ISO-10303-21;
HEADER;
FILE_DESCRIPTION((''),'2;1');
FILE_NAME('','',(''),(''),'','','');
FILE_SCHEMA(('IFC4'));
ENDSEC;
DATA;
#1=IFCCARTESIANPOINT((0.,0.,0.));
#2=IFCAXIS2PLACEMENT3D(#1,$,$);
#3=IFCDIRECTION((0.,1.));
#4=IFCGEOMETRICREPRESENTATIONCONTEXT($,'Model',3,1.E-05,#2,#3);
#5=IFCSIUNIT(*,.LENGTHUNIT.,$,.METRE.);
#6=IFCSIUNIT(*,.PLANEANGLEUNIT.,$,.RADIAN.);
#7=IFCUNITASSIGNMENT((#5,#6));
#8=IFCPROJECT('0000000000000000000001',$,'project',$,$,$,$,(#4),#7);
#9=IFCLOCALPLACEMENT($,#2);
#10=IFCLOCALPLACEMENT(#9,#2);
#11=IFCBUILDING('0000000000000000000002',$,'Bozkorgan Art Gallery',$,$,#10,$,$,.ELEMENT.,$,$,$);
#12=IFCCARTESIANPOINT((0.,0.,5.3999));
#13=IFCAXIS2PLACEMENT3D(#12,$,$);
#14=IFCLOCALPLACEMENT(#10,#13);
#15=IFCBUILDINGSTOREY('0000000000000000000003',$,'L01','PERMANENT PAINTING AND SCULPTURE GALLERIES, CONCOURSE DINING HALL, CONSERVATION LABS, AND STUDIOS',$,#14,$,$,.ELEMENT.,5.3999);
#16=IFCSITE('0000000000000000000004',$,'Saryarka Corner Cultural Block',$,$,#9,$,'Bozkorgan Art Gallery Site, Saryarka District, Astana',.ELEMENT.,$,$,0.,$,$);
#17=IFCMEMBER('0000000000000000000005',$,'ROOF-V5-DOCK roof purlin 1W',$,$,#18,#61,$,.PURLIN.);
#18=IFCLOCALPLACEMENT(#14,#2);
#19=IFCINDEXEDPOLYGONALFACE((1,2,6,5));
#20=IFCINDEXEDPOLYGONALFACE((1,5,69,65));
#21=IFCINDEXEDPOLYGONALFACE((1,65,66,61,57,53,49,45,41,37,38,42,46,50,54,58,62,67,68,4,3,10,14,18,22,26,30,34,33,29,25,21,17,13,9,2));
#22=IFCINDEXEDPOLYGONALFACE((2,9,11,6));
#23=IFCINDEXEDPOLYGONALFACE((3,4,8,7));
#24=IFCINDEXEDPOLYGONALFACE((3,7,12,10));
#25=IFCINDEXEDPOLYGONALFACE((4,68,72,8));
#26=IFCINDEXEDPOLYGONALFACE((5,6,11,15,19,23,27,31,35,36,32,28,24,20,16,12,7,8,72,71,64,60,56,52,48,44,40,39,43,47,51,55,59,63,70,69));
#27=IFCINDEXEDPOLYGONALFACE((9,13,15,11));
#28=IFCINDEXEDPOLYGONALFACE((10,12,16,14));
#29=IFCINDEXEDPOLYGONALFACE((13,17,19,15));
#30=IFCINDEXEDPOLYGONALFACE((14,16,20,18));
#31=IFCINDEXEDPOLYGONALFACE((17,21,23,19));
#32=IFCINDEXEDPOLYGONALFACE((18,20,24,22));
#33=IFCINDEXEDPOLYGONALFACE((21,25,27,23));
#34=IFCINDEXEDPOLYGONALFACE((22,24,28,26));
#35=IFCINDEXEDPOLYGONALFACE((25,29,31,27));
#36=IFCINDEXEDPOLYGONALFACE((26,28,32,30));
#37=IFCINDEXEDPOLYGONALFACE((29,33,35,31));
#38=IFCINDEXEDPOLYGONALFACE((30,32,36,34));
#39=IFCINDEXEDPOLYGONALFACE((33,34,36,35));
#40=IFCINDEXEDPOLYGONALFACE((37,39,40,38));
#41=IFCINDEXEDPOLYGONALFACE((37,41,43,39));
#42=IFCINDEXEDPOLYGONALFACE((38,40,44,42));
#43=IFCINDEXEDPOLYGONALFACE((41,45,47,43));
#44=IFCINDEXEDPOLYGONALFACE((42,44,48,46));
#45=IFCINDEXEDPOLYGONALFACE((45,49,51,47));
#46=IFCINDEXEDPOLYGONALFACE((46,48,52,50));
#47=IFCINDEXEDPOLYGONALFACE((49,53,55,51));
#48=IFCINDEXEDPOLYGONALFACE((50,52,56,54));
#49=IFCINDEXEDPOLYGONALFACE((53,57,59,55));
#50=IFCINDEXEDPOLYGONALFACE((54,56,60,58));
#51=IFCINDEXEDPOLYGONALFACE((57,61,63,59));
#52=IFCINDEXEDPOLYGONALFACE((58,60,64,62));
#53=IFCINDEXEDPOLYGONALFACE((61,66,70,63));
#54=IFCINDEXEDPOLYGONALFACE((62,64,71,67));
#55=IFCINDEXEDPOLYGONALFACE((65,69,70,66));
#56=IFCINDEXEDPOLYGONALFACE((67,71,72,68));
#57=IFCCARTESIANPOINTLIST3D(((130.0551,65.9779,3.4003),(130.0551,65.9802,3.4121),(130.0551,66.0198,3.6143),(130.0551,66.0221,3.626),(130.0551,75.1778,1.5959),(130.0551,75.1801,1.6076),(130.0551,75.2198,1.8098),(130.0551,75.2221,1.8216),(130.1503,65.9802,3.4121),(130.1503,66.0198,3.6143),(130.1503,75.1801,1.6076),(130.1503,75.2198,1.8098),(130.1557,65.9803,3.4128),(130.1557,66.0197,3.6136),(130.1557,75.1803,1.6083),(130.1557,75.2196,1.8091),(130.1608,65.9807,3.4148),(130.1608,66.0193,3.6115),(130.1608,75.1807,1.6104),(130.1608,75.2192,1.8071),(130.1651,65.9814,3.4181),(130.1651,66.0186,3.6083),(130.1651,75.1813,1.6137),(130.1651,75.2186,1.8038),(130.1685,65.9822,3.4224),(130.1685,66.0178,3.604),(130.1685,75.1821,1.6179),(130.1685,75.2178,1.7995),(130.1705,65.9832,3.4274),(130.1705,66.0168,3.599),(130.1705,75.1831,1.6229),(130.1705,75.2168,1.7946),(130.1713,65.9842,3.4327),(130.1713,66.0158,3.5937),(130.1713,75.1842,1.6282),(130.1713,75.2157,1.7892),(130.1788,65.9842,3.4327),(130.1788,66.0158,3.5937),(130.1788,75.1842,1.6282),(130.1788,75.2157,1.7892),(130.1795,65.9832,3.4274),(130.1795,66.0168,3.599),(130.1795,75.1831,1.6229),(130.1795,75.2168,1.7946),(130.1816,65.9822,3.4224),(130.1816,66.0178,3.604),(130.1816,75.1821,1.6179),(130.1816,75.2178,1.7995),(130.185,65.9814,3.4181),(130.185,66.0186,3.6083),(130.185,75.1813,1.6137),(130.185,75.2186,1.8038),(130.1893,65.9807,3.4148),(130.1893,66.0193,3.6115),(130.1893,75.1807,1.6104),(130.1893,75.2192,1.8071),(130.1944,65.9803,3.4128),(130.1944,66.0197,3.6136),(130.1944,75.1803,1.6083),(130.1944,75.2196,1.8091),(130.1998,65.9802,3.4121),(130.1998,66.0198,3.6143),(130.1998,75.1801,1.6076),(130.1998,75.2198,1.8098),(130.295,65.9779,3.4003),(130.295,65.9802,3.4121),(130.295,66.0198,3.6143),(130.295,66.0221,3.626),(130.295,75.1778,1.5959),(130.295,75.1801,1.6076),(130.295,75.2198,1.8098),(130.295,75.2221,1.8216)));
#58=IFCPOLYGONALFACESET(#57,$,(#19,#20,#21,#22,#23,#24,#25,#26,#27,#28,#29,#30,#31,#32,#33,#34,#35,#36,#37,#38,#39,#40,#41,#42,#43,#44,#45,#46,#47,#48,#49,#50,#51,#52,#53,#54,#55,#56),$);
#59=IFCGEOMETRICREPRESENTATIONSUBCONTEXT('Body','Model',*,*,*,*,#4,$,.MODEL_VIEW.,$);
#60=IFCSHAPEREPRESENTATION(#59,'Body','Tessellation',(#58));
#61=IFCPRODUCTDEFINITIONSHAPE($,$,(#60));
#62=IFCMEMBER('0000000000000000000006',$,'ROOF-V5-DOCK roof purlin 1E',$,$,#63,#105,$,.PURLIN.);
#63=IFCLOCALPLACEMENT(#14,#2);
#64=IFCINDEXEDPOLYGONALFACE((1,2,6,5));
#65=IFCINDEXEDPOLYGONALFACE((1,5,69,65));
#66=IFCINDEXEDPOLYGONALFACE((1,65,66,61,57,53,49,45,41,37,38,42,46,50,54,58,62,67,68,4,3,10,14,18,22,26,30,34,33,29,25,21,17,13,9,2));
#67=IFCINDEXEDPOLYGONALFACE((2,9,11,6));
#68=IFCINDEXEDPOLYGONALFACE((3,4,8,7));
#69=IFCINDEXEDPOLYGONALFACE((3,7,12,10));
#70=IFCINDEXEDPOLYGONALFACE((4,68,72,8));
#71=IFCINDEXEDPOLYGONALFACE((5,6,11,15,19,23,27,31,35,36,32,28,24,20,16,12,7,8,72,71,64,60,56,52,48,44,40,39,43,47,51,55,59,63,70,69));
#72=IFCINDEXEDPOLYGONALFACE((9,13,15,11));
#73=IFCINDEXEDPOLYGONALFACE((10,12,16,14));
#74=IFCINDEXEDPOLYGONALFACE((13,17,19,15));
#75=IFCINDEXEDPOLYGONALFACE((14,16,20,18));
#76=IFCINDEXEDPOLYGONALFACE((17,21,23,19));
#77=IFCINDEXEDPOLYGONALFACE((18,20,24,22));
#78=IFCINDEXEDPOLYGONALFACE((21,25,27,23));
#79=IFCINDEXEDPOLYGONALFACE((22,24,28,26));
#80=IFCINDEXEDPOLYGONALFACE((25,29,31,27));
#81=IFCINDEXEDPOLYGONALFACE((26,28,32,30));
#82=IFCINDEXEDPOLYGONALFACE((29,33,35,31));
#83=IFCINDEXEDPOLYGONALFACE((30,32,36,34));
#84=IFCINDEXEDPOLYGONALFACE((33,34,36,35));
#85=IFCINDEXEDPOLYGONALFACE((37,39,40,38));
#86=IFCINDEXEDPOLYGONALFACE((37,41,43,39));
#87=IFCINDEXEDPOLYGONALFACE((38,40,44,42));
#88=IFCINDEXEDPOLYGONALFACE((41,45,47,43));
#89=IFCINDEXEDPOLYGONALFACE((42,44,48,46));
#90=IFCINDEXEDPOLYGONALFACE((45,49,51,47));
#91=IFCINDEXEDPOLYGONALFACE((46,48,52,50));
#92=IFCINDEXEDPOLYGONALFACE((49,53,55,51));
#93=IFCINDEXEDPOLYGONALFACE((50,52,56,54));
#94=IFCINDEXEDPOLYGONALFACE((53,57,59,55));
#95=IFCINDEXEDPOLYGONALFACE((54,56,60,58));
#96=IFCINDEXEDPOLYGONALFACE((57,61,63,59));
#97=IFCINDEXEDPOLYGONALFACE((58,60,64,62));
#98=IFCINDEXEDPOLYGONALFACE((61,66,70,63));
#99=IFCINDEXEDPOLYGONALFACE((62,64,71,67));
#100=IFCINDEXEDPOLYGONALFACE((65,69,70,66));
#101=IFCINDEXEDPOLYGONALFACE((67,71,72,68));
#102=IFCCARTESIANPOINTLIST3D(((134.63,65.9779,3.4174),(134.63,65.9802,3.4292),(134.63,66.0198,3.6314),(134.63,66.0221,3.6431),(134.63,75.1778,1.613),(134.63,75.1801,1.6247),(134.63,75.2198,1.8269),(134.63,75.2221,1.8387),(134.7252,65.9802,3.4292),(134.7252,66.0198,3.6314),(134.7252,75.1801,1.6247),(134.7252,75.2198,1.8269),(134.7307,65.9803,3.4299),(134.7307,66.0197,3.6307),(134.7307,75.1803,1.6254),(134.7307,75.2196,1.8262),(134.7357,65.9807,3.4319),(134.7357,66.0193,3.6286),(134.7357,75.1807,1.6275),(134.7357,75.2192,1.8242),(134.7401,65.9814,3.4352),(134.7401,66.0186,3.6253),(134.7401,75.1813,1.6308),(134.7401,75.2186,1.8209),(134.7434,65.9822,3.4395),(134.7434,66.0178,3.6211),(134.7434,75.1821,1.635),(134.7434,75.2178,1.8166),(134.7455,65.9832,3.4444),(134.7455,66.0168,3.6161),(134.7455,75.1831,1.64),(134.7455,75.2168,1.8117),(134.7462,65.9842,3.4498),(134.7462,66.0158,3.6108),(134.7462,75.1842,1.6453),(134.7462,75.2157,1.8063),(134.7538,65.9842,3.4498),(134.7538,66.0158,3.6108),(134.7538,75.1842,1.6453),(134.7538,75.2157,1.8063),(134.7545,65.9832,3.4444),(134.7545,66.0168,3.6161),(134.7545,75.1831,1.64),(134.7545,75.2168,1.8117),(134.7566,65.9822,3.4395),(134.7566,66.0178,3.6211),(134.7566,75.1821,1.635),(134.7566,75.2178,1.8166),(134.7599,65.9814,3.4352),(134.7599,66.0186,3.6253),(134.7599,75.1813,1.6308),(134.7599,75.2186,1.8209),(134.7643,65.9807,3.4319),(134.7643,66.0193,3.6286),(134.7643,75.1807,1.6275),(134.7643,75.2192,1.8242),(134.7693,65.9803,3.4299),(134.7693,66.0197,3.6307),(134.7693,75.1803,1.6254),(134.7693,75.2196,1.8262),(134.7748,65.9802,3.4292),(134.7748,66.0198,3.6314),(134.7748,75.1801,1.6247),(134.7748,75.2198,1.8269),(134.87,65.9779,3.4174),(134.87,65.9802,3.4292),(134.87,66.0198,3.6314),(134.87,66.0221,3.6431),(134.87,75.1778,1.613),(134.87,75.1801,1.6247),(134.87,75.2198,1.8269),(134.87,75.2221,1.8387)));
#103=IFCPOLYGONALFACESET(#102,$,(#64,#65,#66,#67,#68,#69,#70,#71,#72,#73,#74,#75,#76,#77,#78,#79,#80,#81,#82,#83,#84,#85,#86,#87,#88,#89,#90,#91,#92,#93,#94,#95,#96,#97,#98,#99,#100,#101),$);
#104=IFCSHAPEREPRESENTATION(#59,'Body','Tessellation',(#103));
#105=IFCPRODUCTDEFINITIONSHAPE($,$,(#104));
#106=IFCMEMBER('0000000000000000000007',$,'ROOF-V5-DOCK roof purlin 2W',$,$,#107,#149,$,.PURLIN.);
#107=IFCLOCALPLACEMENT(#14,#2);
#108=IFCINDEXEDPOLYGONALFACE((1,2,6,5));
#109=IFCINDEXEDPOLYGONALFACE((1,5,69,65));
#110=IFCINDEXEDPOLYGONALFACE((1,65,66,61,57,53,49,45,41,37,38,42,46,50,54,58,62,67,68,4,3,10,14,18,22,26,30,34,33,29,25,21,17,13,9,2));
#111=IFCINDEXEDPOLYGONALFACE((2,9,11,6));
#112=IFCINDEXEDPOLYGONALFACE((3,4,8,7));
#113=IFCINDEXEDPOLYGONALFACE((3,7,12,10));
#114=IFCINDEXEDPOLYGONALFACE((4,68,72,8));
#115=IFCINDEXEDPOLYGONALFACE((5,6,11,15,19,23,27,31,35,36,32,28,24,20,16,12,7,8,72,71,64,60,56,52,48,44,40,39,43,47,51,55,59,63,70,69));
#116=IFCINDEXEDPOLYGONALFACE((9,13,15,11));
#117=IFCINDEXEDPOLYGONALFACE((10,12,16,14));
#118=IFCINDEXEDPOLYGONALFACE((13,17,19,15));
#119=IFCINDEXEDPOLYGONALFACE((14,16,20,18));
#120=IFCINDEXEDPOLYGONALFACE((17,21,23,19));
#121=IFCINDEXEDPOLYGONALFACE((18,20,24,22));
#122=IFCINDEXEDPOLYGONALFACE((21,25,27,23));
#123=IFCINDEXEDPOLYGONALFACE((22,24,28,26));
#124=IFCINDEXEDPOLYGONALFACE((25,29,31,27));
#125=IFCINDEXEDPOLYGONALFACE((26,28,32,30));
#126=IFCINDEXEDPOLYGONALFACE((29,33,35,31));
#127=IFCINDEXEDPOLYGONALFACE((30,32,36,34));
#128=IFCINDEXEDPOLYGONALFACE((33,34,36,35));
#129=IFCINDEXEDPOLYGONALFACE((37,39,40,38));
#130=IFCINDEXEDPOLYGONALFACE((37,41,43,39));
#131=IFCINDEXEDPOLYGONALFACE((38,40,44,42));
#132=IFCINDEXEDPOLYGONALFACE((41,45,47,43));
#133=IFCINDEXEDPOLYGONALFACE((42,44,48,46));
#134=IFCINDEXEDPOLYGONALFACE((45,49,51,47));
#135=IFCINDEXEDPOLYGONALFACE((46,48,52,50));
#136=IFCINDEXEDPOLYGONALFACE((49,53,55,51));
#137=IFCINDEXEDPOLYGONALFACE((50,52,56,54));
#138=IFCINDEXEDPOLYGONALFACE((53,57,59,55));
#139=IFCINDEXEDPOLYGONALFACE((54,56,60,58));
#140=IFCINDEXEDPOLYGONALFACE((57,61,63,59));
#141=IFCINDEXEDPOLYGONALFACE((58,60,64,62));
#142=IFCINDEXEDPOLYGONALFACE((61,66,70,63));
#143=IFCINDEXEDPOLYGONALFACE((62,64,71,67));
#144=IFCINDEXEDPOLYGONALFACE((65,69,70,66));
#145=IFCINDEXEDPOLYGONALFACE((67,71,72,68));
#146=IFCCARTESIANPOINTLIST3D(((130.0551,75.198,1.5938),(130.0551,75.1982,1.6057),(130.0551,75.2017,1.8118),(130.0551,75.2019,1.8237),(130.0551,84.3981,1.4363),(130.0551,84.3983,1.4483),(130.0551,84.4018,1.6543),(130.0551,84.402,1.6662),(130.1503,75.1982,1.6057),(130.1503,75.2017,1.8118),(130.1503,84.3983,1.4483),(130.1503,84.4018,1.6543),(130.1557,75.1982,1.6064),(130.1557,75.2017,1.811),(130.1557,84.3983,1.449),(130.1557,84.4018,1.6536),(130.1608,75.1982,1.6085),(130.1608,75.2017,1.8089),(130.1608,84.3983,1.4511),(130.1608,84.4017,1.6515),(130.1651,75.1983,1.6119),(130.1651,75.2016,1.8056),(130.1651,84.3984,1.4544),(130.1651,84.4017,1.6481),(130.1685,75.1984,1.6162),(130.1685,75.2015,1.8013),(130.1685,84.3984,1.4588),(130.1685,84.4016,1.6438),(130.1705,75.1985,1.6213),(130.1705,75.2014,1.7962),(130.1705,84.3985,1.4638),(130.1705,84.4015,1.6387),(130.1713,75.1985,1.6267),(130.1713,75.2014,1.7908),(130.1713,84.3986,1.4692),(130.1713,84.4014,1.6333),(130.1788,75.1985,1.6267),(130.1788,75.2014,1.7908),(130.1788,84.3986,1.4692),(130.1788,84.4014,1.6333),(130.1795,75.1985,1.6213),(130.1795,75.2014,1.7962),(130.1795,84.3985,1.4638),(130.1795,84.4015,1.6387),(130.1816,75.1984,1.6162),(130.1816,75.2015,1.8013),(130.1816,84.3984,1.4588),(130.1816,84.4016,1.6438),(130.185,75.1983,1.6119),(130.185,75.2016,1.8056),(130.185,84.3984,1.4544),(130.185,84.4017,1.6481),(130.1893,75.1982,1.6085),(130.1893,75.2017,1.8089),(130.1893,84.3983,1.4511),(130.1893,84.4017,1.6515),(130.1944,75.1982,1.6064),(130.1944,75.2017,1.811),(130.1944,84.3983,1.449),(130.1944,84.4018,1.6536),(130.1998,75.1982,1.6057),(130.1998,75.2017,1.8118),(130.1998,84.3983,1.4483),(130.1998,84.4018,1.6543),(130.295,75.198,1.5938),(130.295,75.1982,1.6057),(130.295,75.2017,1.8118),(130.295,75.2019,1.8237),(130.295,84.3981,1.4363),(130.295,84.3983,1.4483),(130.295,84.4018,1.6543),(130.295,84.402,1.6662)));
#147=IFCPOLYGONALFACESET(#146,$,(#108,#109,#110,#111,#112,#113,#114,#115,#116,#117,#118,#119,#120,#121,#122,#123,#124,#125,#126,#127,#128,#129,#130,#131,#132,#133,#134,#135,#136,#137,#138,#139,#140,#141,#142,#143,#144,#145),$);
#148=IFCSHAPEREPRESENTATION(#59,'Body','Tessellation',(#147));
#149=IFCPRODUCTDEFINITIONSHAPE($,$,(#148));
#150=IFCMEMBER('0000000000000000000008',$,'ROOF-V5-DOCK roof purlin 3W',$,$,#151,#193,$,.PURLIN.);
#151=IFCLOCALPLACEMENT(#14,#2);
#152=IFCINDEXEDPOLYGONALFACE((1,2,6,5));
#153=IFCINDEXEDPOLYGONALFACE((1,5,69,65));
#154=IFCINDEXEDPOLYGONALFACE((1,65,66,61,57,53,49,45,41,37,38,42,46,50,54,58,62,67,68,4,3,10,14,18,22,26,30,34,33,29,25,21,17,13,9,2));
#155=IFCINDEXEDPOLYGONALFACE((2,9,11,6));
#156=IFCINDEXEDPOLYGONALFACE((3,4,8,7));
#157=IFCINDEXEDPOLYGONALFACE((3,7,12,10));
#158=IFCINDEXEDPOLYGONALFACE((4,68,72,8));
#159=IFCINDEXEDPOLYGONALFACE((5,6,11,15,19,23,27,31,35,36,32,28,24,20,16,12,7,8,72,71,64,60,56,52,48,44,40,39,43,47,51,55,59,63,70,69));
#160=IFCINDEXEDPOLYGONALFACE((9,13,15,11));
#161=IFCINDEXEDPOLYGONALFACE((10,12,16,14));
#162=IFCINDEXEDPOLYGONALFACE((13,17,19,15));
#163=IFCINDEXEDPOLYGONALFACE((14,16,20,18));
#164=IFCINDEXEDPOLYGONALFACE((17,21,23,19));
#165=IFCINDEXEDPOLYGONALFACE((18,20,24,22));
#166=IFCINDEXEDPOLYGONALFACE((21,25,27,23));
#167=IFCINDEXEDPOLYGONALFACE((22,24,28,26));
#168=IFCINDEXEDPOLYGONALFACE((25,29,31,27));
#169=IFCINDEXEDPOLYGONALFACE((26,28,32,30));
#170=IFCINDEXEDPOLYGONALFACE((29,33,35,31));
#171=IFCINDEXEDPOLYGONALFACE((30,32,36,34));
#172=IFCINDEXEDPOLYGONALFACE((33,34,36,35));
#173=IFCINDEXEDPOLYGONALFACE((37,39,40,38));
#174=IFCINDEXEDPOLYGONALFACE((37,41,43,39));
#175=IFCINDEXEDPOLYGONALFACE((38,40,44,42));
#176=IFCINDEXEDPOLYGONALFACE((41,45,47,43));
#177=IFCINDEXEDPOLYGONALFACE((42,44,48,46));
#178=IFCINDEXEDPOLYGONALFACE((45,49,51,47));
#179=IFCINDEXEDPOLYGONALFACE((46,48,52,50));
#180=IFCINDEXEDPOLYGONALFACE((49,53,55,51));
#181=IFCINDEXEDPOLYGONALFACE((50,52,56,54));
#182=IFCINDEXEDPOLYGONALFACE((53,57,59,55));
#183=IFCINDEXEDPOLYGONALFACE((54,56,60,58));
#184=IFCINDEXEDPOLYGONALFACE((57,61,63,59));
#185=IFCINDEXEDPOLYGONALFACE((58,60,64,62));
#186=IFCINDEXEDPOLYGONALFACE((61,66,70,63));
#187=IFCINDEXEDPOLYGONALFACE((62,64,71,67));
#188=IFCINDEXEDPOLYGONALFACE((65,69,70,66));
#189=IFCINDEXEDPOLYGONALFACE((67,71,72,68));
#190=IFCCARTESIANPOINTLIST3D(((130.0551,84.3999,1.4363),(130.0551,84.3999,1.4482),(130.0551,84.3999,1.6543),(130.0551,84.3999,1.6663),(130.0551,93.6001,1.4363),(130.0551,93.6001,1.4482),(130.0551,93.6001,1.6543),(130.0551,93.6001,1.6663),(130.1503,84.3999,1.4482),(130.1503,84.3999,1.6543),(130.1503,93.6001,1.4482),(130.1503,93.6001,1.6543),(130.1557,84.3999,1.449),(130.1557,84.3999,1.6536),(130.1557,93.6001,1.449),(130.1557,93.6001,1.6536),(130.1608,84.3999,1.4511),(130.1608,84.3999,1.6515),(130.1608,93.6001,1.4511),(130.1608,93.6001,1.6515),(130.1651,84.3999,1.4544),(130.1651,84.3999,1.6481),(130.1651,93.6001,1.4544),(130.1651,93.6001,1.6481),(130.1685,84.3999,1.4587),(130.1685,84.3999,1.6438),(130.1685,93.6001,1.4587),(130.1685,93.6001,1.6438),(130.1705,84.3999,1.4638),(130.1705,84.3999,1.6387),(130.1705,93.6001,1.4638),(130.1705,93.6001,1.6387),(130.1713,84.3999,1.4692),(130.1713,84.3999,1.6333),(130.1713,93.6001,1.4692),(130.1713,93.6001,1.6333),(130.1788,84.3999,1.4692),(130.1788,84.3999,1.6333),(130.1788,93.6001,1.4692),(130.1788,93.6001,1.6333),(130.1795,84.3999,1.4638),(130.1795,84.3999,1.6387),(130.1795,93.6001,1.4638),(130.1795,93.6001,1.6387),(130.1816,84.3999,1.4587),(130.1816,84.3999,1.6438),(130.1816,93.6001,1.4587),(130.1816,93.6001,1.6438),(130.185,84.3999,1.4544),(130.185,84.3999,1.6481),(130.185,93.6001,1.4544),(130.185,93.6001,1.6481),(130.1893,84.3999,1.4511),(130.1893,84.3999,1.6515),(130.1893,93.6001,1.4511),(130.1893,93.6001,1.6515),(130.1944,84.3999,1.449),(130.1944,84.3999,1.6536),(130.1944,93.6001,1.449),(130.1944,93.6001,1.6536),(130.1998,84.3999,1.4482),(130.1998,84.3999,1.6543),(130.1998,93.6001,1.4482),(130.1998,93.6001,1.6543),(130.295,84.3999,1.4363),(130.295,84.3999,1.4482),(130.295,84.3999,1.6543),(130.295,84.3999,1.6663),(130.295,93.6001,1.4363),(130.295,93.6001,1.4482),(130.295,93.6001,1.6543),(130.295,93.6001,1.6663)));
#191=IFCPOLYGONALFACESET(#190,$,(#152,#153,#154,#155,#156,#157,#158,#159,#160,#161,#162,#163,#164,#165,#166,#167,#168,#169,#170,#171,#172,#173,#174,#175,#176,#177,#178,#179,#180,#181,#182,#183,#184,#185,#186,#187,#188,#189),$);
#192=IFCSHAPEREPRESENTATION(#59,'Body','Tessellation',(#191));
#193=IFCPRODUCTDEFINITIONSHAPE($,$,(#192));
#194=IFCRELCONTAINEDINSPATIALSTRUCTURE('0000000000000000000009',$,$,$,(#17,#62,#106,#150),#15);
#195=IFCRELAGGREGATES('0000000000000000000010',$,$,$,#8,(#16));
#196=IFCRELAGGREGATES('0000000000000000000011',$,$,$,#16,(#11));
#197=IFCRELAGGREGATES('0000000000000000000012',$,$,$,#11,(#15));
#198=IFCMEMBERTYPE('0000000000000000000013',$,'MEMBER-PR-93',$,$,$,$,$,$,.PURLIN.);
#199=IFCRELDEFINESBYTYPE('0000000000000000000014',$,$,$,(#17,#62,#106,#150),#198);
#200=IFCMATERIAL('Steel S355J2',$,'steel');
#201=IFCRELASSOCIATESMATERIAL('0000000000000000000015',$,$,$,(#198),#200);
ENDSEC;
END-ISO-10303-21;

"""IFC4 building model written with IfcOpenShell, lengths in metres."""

from ifc_helpers import new_model, si_unit, direction, frame, origin, origin_2d, place, context, subcontext, project, spatial, i_section, extrude, material, material_profile, profile_set, type_object, element, save


model = new_model("IFC4")

# Units and contexts
model_context = context("Model", 3, precision=1e-05, world=origin(), true_north=direction((0.0, 1.0)))
body_context = subcontext(model_context, "Body", "Model", "MODEL_VIEW")
ifc_project = project(units=[si_unit("LENGTHUNIT", "METRE"), si_unit("PLANEANGLEUNIT", "RADIAN")], contexts=[model_context])

# Site, building, storey
site_placement = place(None, origin())
site = spatial("IfcSite", under=ifc_project, at=site_placement, Name="Saryarka Corner Cultural Block", LongName="Bozkorgan Art Gallery Site, Saryarka District, Astana", CompositionType="ELEMENT", RefElevation=0.0)
building_placement = place(site_placement, origin())
building = spatial("IfcBuilding", under=site, at=building_placement, Name="Bozkorgan Art Gallery", CompositionType="ELEMENT")
storey_placement = place(building_placement, frame((0.0, 0.0, 5.3999)))
storey = spatial("IfcBuildingStorey", under=building, at=storey_placement, Name="L01", Description="PERMANENT PAINTING AND SCULPTURE GALLERIES, CONCOURSE DINING HALL, CONSERVATION LABS, AND STUDIOS", CompositionType="ELEMENT", Elevation=5.3999)

# Members
ifc_material_1 = material(Name="Steel S355J2", Category="steel")
ifc_material_profile_1 = material_profile(ifc_material_1, i_section(OverallWidth=0.24, OverallDepth=0.23, WebThickness=0.0076, FlangeThickness=0.012, FilletRadius=0.021, at=origin_2d()), Name="HEA 240")
ifc_profile_set_1 = profile_set([ifc_material_profile_1], Name="Steel S355J2")
member_type_1 = type_object("IfcMemberType", Name="MEMBER-PR-93", PredefinedType="PURLIN", material=ifc_profile_set_1)
for number, where, z_axis, x_axis, name in (
    (1, (130.175, 66.0, 3.5132), (0.0, 0.981303, -0.192469), (-1.0, 0.0, 0.0), "ROOF-V5-DOCK roof purlin 1W"),
    (2, (134.75, 66.0, 3.5303), (0.0, 0.981303, -0.192469), (-1.0, 0.0, 0.0), "ROOF-V5-DOCK roof purlin 1E"),
):
    element("IfcMember", number, at=place(storey_placement, frame(where, z_axis=z_axis, x_axis=x_axis)), inside=storey, type_object=member_type_1, Name=name, PredefinedType="PURLIN", context=body_context, shape_type="SweptSolid", body=[
        extrude(i_section(OverallWidth=0.24, OverallDepth=0.23, WebThickness=0.0076, FlangeThickness=0.012, FilletRadius=0.021, at=origin_2d()), origin(), (0.0, 0.0, 1.0), 9.3752),
    ])
member_1_placement = place(storey_placement, frame((130.175, 75.2, 1.7087), z_axis=(0.0, 0.999854, -0.017114), x_axis=(-1.0, 0.0, 0.0)))
element("IfcMember", 3, at=member_1_placement, inside=storey, type_object=member_type_1, Name="ROOF-V5-DOCK roof purlin 2W", PredefinedType="PURLIN", context=body_context, shape_type="SweptSolid", body=[
    extrude(i_section(OverallWidth=0.24, OverallDepth=0.23, WebThickness=0.0076, FlangeThickness=0.012, FilletRadius=0.021, at=origin_2d()), origin(), (0.0, 0.0, 1.0), 9.2014),
])
member_2_placement = place(storey_placement, frame((130.175, 84.3999, 1.5513), z_axis=(0.0, 1.0, 0.0), x_axis=(-1.0, 0.0, 0.0)))
element("IfcMember", 4, at=member_2_placement, inside=storey, type_object=member_type_1, Name="ROOF-V5-DOCK roof purlin 3W", PredefinedType="PURLIN", context=body_context, shape_type="SweptSolid", body=[
    extrude(i_section(OverallWidth=0.24, OverallDepth=0.23, WebThickness=0.0076, FlangeThickness=0.012, FilletRadius=0.021, at=origin_2d()), origin(), (0.0, 0.0, 1.0), 9.2002),
])

save(model, "model.ifc")
